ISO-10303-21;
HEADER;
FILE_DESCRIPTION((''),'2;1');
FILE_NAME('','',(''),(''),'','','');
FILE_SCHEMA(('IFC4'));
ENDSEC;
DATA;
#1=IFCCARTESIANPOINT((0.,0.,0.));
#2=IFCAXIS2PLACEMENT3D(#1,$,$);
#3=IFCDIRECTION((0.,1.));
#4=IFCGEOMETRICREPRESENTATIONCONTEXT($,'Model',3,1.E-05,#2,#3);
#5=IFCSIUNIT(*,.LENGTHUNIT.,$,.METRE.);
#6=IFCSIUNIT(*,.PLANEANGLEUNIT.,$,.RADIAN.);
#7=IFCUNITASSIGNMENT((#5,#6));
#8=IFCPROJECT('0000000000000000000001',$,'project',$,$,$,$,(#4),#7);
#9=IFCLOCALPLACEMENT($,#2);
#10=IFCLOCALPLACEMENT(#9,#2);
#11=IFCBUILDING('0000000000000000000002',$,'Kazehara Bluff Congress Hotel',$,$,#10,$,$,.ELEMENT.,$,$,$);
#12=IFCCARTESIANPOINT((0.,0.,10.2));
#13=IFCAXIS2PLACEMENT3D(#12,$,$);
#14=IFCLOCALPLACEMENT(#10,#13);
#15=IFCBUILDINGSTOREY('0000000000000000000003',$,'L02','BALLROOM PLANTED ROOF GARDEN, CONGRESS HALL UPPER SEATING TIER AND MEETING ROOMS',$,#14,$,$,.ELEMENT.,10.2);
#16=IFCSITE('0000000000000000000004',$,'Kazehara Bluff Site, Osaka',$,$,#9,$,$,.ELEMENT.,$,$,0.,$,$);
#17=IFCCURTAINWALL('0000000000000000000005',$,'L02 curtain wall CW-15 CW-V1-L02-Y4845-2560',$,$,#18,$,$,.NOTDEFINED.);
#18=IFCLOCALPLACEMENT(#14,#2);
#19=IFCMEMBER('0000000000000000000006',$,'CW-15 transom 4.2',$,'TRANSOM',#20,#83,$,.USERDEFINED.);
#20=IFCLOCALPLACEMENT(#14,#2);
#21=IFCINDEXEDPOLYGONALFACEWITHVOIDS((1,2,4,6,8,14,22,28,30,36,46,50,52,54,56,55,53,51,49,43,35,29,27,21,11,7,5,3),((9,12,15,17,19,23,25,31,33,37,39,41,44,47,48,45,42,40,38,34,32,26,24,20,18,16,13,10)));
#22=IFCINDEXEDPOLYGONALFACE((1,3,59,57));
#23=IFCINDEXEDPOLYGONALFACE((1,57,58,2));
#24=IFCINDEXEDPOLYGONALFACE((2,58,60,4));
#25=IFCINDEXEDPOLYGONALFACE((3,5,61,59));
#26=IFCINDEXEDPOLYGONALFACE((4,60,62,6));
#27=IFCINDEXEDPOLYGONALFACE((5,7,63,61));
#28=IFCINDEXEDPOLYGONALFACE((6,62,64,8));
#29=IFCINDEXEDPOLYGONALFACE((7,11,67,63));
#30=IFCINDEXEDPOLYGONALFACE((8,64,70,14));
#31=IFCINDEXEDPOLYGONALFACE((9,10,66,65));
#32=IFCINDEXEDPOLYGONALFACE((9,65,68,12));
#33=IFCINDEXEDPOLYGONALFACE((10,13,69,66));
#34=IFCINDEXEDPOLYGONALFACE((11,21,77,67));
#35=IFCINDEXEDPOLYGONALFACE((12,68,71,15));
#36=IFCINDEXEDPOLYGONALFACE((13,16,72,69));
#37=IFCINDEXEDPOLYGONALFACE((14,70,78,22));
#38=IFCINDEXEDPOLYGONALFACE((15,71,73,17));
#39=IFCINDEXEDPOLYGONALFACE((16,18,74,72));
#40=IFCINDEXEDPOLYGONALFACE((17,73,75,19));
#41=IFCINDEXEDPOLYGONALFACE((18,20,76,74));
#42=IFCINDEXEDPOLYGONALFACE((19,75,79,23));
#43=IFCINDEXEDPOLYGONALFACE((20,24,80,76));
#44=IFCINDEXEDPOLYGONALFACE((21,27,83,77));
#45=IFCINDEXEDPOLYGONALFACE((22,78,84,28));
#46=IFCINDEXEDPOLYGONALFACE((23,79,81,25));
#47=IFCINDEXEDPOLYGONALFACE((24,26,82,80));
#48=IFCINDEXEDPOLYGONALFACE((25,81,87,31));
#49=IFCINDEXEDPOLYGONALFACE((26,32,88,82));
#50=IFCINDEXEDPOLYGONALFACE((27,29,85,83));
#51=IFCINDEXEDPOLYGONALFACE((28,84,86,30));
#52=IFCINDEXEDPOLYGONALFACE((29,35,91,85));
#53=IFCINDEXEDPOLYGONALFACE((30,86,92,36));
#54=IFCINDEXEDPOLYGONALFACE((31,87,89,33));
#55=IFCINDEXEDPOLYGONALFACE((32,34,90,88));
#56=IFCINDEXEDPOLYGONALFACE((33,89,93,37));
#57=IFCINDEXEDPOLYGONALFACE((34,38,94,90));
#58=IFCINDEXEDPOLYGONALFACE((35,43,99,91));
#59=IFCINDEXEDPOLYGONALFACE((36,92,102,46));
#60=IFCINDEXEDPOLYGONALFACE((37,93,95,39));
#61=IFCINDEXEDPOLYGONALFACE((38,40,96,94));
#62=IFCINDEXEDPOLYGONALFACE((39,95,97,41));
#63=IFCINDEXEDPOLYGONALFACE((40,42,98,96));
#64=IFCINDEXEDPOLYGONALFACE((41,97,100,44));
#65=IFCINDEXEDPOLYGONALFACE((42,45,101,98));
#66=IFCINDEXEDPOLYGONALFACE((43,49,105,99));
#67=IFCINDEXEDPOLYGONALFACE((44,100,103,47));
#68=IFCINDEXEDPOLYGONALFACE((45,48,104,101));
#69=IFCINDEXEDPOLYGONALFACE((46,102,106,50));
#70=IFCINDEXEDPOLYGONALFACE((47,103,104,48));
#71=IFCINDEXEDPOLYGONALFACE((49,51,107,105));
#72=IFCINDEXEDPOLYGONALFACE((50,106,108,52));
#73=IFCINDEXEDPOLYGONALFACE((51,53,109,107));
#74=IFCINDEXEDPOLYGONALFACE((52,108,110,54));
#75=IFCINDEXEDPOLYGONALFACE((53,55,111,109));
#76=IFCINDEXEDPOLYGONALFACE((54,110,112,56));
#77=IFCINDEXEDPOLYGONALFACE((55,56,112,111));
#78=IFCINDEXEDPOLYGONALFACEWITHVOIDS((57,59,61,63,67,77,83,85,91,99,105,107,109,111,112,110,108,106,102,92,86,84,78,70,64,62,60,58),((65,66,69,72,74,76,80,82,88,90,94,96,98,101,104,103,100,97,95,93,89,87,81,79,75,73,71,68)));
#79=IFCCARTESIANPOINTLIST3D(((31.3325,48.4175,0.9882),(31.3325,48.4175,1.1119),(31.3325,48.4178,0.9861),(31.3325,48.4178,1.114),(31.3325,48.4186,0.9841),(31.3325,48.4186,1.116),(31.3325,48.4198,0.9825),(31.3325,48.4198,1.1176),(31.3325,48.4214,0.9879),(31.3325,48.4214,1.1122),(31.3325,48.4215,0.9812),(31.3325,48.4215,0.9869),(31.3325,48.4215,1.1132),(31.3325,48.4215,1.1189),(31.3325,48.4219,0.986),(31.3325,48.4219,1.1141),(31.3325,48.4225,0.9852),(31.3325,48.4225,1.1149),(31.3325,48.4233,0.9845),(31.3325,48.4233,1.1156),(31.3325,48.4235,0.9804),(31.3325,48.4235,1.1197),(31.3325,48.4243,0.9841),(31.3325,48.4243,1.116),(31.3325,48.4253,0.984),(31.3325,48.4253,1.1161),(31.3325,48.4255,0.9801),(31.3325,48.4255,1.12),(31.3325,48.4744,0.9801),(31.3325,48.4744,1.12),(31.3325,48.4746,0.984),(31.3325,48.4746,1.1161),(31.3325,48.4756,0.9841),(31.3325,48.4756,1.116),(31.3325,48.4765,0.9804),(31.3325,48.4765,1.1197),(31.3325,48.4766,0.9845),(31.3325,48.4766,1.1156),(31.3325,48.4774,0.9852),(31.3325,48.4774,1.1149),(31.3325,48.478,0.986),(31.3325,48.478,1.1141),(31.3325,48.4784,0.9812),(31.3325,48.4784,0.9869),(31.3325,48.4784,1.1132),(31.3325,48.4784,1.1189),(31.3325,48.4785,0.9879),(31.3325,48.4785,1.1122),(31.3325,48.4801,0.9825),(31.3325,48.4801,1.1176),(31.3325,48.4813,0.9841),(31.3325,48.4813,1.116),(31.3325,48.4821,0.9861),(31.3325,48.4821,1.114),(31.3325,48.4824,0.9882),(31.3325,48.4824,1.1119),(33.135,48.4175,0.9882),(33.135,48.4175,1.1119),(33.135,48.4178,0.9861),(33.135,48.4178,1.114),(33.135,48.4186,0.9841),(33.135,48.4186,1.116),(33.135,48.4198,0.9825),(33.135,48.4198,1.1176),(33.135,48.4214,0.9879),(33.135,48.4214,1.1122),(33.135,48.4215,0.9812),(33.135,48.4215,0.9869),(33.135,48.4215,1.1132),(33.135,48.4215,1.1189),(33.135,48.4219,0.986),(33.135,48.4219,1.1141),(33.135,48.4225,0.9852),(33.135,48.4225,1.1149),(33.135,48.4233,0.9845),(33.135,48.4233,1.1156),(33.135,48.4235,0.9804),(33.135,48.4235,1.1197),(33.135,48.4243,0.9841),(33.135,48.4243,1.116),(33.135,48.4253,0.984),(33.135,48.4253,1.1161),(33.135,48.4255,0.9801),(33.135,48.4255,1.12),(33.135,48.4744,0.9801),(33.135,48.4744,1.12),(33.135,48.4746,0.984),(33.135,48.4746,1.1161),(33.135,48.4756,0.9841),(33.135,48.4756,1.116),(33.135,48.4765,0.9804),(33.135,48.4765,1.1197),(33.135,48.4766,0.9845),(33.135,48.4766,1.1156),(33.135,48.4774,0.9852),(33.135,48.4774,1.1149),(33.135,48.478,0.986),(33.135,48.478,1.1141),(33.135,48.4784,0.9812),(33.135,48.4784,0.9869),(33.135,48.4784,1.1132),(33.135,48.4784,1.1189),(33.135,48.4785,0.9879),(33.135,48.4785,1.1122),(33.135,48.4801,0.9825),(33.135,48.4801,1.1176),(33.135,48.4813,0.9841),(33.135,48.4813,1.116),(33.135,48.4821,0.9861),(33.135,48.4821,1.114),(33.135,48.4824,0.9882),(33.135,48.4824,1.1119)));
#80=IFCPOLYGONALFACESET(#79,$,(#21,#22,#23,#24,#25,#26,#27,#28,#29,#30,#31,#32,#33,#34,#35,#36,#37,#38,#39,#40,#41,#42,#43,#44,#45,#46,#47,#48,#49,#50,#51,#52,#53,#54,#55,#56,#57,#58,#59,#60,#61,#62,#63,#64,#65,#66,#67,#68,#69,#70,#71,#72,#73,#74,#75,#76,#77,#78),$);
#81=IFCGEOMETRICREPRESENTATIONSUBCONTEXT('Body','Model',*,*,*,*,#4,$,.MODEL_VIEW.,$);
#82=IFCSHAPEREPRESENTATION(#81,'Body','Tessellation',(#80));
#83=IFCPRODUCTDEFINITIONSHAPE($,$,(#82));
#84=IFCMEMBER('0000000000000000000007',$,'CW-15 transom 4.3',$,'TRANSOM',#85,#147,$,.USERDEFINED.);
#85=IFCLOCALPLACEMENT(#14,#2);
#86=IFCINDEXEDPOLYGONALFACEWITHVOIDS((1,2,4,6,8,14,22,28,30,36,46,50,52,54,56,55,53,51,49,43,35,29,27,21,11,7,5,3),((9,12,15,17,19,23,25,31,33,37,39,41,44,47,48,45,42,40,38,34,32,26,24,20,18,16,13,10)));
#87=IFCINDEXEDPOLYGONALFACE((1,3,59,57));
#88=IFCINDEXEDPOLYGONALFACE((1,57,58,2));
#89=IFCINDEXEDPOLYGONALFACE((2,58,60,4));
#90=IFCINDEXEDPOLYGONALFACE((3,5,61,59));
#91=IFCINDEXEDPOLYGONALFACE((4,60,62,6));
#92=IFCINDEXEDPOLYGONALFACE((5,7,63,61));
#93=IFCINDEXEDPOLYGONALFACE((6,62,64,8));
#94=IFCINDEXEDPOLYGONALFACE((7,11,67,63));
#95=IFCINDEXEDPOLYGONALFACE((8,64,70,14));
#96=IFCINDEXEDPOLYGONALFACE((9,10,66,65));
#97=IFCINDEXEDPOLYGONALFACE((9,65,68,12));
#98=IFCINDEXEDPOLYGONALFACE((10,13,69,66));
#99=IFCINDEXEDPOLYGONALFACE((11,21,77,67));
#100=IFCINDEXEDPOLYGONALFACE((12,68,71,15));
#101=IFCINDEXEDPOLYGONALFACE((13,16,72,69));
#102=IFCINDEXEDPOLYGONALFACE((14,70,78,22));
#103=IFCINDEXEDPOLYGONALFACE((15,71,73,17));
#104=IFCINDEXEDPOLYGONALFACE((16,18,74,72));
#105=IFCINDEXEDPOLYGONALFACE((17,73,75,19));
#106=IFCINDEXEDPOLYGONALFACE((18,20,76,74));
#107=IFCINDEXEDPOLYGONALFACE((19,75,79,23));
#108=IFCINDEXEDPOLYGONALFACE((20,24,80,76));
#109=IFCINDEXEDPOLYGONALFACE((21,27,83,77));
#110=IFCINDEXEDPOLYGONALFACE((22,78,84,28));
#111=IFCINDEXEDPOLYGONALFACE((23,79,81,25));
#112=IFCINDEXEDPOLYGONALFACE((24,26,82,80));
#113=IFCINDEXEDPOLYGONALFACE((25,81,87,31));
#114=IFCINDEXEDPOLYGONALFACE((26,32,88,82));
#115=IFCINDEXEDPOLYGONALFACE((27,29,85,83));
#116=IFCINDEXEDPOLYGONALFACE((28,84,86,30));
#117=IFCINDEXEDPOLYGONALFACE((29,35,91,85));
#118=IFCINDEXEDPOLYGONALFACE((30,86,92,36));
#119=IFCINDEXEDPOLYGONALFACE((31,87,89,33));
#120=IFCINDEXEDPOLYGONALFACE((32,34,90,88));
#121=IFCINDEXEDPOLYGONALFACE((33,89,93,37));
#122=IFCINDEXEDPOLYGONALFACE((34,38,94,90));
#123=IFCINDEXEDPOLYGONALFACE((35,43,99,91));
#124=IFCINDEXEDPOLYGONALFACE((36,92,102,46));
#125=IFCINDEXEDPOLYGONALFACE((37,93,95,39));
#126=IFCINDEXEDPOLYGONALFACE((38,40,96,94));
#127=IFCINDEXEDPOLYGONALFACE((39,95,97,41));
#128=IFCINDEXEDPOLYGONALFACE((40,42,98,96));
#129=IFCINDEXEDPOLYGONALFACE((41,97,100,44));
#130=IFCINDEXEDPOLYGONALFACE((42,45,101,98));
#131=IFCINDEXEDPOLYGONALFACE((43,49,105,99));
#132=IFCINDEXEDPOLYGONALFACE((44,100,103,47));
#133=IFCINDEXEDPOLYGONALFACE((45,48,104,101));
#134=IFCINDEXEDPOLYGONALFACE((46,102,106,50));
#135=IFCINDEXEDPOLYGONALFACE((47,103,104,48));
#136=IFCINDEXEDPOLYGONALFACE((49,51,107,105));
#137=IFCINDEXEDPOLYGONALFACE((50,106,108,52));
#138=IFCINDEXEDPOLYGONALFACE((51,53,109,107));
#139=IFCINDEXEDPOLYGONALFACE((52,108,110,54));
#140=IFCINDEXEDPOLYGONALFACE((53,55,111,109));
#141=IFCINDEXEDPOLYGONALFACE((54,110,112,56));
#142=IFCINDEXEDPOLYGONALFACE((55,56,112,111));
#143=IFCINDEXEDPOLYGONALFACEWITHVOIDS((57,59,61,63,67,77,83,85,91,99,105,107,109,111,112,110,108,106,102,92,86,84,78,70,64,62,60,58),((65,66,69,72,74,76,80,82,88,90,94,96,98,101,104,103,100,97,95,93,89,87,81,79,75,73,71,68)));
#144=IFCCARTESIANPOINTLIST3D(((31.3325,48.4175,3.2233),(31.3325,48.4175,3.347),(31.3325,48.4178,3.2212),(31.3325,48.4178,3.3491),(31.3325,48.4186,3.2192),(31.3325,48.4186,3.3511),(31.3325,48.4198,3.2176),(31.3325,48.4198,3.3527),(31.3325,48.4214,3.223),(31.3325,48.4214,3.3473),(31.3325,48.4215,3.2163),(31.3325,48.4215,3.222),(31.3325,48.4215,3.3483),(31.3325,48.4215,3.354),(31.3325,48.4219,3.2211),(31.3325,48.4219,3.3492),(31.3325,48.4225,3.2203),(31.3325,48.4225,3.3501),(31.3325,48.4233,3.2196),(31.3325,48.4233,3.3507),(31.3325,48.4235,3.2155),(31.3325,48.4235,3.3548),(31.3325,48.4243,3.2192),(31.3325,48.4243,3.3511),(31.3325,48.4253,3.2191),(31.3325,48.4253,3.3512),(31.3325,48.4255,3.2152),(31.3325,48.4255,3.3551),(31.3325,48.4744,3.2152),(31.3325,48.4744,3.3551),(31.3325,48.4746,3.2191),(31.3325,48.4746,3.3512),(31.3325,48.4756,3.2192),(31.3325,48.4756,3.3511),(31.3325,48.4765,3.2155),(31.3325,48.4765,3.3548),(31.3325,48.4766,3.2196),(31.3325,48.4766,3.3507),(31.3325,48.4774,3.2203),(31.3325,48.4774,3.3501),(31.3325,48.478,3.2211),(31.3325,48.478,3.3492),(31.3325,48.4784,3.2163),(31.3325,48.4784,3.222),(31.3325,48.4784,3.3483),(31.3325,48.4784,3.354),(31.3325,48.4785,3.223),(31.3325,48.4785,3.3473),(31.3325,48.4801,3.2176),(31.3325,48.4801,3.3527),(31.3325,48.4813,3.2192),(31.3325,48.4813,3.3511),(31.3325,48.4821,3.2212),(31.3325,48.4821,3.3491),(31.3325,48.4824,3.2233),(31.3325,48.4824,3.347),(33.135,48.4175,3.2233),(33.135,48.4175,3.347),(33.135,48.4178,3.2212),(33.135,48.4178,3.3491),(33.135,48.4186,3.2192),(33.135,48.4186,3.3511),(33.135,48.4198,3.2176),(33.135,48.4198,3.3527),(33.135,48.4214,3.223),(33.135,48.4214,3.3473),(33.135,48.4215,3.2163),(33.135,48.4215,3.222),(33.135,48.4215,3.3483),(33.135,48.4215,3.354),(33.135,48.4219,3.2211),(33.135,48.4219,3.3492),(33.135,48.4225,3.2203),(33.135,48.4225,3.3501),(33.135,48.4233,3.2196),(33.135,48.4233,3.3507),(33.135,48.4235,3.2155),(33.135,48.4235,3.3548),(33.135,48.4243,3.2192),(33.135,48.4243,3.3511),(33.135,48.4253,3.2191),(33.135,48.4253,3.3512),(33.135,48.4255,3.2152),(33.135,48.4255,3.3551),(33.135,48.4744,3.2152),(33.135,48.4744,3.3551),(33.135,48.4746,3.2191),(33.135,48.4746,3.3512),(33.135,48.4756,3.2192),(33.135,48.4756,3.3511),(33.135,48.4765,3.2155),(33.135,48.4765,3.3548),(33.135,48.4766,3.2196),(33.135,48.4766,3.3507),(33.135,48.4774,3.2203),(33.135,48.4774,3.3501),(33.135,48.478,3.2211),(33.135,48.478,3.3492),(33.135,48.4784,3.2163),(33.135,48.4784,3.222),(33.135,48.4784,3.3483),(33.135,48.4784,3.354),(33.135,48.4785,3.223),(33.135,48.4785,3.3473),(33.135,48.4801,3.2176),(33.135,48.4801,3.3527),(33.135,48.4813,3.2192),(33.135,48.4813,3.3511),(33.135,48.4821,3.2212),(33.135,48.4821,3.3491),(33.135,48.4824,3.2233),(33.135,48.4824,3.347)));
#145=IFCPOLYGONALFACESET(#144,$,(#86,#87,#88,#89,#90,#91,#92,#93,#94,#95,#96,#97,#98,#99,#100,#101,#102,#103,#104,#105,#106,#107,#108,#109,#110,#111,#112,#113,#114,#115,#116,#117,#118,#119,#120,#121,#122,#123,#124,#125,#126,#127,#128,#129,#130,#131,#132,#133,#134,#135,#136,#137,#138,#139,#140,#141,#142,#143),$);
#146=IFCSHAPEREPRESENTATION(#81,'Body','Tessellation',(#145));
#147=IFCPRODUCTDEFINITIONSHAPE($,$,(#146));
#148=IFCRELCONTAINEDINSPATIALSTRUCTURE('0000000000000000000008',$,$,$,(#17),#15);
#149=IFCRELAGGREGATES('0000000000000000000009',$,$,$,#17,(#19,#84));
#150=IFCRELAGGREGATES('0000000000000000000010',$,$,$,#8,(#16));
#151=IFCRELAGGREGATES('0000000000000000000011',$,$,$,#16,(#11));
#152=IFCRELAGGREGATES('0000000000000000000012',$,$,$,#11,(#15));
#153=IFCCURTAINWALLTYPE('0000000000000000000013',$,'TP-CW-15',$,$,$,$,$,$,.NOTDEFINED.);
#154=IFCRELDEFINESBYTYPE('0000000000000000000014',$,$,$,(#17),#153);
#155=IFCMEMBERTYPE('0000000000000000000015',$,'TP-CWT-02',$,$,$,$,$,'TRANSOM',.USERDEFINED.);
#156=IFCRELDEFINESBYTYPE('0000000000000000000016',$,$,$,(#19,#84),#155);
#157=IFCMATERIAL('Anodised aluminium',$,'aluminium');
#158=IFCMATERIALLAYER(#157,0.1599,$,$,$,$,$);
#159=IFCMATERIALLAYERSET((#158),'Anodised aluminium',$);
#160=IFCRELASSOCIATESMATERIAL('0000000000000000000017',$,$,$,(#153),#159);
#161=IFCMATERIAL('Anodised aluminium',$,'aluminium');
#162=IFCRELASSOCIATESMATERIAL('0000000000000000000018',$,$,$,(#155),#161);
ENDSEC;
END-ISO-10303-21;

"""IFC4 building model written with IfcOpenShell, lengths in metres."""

from ifc_helpers import new_model, si_unit, direction, frame, origin, origin_2d, place, context, subcontext, project, spatial, hollow_rectangle, extrude, material, layer, layer_set, material_profile, profile_set, type_object, element, aggregate, save


model = new_model("IFC4")

# Units and contexts
model_context = context("Model", 3, precision=1e-05, world=origin(), true_north=direction((0.0, 1.0)))
body_context = subcontext(model_context, "Body", "Model", "MODEL_VIEW")
ifc_project = project(units=[si_unit("LENGTHUNIT", "METRE"), si_unit("PLANEANGLEUNIT", "RADIAN")], contexts=[model_context])

# Site, building, storey
site_placement = place(None, origin())
site = spatial("IfcSite", under=ifc_project, at=site_placement, Name="Kazehara Bluff Site, Osaka", CompositionType="ELEMENT", RefElevation=0.0)
building_placement = place(site_placement, origin())
building = spatial("IfcBuilding", under=site, at=building_placement, Name="Kazehara Bluff Congress Hotel", CompositionType="ELEMENT")
storey_placement = place(building_placement, frame((0.0, 0.0, 10.2)))
storey = spatial("IfcBuildingStorey", under=building, at=storey_placement, Name="L02", Description="BALLROOM PLANTED ROOF GARDEN, CONGRESS HALL UPPER SEATING TIER AND MEETING ROOMS", CompositionType="ELEMENT", Elevation=10.2)

# Curtain wall
ifc_material_1 = material(Name="Anodised aluminium", Category="aluminium")
ifc_layer_1 = layer(ifc_material_1, 0.1599)
ifc_layer_set_1 = layer_set([ifc_layer_1], Name="Anodised aluminium")
curtain_wall_type = type_object("IfcCurtainWallType", Name="TP-CW-15", PredefinedType="NOTDEFINED", material=ifc_layer_set_1)
curtain_wall_1_placement = place(storey_placement, origin())
curtain_wall_1 = element("IfcCurtainWall", 1, at=curtain_wall_1_placement, inside=storey, type_object=curtain_wall_type, Name="L02 curtain wall CW-15 CW-V1-L02-Y4845-2560", PredefinedType="NOTDEFINED")

# Members
ifc_material_2 = material(Name="Anodised aluminium", Category="aluminium")
ifc_material_profile_1 = material_profile(ifc_material_2, hollow_rectangle(XDim=0.0649, YDim=0.1399, WallThickness=0.0039, InnerFilletRadius=0.0039, OuterFilletRadius=0.0081, at=origin_2d()))
ifc_profile_set_1 = profile_set([ifc_material_profile_1], Name="Anodised aluminium")
member_type_1 = type_object("IfcMemberType", Name="TP-CWT-02", ElementType="TRANSOM", PredefinedType="USERDEFINED", material=ifc_profile_set_1)
member_1_placement = place(storey_placement, frame((31.3325, 48.45, 1.05), z_axis=(1.0, 0.0, 0.0), x_axis=(0.0, 1.0, 0.0)))
member_1 = element("IfcMember", 2, at=member_1_placement, type_object=member_type_1, Name="CW-15 transom 4.2", ObjectType="TRANSOM", PredefinedType="USERDEFINED", context=body_context, shape_type="SweptSolid", body=[
    extrude(hollow_rectangle(XDim=0.0649, YDim=0.1399, WallThickness=0.0039, InnerFilletRadius=0.0039, OuterFilletRadius=0.0081, at=origin_2d()), origin(), (0.0, 0.0, 1.0), 1.8025),
])
member_2_placement = place(storey_placement, frame((31.3325, 48.45, 3.2852), z_axis=(1.0, 0.0, 0.0), x_axis=(0.0, 1.0, 0.0)))
member_2 = element("IfcMember", 3, at=member_2_placement, type_object=member_type_1, Name="CW-15 transom 4.3", ObjectType="TRANSOM", PredefinedType="USERDEFINED", context=body_context, shape_type="SweptSolid", body=[
    extrude(hollow_rectangle(XDim=0.0649, YDim=0.1399, WallThickness=0.0039, InnerFilletRadius=0.0039, OuterFilletRadius=0.0081, at=origin_2d()), origin(), (0.0, 0.0, 1.0), 1.8025),
])

aggregate(curtain_wall_1, [member_1, member_2])

save(model, "model.ifc")
